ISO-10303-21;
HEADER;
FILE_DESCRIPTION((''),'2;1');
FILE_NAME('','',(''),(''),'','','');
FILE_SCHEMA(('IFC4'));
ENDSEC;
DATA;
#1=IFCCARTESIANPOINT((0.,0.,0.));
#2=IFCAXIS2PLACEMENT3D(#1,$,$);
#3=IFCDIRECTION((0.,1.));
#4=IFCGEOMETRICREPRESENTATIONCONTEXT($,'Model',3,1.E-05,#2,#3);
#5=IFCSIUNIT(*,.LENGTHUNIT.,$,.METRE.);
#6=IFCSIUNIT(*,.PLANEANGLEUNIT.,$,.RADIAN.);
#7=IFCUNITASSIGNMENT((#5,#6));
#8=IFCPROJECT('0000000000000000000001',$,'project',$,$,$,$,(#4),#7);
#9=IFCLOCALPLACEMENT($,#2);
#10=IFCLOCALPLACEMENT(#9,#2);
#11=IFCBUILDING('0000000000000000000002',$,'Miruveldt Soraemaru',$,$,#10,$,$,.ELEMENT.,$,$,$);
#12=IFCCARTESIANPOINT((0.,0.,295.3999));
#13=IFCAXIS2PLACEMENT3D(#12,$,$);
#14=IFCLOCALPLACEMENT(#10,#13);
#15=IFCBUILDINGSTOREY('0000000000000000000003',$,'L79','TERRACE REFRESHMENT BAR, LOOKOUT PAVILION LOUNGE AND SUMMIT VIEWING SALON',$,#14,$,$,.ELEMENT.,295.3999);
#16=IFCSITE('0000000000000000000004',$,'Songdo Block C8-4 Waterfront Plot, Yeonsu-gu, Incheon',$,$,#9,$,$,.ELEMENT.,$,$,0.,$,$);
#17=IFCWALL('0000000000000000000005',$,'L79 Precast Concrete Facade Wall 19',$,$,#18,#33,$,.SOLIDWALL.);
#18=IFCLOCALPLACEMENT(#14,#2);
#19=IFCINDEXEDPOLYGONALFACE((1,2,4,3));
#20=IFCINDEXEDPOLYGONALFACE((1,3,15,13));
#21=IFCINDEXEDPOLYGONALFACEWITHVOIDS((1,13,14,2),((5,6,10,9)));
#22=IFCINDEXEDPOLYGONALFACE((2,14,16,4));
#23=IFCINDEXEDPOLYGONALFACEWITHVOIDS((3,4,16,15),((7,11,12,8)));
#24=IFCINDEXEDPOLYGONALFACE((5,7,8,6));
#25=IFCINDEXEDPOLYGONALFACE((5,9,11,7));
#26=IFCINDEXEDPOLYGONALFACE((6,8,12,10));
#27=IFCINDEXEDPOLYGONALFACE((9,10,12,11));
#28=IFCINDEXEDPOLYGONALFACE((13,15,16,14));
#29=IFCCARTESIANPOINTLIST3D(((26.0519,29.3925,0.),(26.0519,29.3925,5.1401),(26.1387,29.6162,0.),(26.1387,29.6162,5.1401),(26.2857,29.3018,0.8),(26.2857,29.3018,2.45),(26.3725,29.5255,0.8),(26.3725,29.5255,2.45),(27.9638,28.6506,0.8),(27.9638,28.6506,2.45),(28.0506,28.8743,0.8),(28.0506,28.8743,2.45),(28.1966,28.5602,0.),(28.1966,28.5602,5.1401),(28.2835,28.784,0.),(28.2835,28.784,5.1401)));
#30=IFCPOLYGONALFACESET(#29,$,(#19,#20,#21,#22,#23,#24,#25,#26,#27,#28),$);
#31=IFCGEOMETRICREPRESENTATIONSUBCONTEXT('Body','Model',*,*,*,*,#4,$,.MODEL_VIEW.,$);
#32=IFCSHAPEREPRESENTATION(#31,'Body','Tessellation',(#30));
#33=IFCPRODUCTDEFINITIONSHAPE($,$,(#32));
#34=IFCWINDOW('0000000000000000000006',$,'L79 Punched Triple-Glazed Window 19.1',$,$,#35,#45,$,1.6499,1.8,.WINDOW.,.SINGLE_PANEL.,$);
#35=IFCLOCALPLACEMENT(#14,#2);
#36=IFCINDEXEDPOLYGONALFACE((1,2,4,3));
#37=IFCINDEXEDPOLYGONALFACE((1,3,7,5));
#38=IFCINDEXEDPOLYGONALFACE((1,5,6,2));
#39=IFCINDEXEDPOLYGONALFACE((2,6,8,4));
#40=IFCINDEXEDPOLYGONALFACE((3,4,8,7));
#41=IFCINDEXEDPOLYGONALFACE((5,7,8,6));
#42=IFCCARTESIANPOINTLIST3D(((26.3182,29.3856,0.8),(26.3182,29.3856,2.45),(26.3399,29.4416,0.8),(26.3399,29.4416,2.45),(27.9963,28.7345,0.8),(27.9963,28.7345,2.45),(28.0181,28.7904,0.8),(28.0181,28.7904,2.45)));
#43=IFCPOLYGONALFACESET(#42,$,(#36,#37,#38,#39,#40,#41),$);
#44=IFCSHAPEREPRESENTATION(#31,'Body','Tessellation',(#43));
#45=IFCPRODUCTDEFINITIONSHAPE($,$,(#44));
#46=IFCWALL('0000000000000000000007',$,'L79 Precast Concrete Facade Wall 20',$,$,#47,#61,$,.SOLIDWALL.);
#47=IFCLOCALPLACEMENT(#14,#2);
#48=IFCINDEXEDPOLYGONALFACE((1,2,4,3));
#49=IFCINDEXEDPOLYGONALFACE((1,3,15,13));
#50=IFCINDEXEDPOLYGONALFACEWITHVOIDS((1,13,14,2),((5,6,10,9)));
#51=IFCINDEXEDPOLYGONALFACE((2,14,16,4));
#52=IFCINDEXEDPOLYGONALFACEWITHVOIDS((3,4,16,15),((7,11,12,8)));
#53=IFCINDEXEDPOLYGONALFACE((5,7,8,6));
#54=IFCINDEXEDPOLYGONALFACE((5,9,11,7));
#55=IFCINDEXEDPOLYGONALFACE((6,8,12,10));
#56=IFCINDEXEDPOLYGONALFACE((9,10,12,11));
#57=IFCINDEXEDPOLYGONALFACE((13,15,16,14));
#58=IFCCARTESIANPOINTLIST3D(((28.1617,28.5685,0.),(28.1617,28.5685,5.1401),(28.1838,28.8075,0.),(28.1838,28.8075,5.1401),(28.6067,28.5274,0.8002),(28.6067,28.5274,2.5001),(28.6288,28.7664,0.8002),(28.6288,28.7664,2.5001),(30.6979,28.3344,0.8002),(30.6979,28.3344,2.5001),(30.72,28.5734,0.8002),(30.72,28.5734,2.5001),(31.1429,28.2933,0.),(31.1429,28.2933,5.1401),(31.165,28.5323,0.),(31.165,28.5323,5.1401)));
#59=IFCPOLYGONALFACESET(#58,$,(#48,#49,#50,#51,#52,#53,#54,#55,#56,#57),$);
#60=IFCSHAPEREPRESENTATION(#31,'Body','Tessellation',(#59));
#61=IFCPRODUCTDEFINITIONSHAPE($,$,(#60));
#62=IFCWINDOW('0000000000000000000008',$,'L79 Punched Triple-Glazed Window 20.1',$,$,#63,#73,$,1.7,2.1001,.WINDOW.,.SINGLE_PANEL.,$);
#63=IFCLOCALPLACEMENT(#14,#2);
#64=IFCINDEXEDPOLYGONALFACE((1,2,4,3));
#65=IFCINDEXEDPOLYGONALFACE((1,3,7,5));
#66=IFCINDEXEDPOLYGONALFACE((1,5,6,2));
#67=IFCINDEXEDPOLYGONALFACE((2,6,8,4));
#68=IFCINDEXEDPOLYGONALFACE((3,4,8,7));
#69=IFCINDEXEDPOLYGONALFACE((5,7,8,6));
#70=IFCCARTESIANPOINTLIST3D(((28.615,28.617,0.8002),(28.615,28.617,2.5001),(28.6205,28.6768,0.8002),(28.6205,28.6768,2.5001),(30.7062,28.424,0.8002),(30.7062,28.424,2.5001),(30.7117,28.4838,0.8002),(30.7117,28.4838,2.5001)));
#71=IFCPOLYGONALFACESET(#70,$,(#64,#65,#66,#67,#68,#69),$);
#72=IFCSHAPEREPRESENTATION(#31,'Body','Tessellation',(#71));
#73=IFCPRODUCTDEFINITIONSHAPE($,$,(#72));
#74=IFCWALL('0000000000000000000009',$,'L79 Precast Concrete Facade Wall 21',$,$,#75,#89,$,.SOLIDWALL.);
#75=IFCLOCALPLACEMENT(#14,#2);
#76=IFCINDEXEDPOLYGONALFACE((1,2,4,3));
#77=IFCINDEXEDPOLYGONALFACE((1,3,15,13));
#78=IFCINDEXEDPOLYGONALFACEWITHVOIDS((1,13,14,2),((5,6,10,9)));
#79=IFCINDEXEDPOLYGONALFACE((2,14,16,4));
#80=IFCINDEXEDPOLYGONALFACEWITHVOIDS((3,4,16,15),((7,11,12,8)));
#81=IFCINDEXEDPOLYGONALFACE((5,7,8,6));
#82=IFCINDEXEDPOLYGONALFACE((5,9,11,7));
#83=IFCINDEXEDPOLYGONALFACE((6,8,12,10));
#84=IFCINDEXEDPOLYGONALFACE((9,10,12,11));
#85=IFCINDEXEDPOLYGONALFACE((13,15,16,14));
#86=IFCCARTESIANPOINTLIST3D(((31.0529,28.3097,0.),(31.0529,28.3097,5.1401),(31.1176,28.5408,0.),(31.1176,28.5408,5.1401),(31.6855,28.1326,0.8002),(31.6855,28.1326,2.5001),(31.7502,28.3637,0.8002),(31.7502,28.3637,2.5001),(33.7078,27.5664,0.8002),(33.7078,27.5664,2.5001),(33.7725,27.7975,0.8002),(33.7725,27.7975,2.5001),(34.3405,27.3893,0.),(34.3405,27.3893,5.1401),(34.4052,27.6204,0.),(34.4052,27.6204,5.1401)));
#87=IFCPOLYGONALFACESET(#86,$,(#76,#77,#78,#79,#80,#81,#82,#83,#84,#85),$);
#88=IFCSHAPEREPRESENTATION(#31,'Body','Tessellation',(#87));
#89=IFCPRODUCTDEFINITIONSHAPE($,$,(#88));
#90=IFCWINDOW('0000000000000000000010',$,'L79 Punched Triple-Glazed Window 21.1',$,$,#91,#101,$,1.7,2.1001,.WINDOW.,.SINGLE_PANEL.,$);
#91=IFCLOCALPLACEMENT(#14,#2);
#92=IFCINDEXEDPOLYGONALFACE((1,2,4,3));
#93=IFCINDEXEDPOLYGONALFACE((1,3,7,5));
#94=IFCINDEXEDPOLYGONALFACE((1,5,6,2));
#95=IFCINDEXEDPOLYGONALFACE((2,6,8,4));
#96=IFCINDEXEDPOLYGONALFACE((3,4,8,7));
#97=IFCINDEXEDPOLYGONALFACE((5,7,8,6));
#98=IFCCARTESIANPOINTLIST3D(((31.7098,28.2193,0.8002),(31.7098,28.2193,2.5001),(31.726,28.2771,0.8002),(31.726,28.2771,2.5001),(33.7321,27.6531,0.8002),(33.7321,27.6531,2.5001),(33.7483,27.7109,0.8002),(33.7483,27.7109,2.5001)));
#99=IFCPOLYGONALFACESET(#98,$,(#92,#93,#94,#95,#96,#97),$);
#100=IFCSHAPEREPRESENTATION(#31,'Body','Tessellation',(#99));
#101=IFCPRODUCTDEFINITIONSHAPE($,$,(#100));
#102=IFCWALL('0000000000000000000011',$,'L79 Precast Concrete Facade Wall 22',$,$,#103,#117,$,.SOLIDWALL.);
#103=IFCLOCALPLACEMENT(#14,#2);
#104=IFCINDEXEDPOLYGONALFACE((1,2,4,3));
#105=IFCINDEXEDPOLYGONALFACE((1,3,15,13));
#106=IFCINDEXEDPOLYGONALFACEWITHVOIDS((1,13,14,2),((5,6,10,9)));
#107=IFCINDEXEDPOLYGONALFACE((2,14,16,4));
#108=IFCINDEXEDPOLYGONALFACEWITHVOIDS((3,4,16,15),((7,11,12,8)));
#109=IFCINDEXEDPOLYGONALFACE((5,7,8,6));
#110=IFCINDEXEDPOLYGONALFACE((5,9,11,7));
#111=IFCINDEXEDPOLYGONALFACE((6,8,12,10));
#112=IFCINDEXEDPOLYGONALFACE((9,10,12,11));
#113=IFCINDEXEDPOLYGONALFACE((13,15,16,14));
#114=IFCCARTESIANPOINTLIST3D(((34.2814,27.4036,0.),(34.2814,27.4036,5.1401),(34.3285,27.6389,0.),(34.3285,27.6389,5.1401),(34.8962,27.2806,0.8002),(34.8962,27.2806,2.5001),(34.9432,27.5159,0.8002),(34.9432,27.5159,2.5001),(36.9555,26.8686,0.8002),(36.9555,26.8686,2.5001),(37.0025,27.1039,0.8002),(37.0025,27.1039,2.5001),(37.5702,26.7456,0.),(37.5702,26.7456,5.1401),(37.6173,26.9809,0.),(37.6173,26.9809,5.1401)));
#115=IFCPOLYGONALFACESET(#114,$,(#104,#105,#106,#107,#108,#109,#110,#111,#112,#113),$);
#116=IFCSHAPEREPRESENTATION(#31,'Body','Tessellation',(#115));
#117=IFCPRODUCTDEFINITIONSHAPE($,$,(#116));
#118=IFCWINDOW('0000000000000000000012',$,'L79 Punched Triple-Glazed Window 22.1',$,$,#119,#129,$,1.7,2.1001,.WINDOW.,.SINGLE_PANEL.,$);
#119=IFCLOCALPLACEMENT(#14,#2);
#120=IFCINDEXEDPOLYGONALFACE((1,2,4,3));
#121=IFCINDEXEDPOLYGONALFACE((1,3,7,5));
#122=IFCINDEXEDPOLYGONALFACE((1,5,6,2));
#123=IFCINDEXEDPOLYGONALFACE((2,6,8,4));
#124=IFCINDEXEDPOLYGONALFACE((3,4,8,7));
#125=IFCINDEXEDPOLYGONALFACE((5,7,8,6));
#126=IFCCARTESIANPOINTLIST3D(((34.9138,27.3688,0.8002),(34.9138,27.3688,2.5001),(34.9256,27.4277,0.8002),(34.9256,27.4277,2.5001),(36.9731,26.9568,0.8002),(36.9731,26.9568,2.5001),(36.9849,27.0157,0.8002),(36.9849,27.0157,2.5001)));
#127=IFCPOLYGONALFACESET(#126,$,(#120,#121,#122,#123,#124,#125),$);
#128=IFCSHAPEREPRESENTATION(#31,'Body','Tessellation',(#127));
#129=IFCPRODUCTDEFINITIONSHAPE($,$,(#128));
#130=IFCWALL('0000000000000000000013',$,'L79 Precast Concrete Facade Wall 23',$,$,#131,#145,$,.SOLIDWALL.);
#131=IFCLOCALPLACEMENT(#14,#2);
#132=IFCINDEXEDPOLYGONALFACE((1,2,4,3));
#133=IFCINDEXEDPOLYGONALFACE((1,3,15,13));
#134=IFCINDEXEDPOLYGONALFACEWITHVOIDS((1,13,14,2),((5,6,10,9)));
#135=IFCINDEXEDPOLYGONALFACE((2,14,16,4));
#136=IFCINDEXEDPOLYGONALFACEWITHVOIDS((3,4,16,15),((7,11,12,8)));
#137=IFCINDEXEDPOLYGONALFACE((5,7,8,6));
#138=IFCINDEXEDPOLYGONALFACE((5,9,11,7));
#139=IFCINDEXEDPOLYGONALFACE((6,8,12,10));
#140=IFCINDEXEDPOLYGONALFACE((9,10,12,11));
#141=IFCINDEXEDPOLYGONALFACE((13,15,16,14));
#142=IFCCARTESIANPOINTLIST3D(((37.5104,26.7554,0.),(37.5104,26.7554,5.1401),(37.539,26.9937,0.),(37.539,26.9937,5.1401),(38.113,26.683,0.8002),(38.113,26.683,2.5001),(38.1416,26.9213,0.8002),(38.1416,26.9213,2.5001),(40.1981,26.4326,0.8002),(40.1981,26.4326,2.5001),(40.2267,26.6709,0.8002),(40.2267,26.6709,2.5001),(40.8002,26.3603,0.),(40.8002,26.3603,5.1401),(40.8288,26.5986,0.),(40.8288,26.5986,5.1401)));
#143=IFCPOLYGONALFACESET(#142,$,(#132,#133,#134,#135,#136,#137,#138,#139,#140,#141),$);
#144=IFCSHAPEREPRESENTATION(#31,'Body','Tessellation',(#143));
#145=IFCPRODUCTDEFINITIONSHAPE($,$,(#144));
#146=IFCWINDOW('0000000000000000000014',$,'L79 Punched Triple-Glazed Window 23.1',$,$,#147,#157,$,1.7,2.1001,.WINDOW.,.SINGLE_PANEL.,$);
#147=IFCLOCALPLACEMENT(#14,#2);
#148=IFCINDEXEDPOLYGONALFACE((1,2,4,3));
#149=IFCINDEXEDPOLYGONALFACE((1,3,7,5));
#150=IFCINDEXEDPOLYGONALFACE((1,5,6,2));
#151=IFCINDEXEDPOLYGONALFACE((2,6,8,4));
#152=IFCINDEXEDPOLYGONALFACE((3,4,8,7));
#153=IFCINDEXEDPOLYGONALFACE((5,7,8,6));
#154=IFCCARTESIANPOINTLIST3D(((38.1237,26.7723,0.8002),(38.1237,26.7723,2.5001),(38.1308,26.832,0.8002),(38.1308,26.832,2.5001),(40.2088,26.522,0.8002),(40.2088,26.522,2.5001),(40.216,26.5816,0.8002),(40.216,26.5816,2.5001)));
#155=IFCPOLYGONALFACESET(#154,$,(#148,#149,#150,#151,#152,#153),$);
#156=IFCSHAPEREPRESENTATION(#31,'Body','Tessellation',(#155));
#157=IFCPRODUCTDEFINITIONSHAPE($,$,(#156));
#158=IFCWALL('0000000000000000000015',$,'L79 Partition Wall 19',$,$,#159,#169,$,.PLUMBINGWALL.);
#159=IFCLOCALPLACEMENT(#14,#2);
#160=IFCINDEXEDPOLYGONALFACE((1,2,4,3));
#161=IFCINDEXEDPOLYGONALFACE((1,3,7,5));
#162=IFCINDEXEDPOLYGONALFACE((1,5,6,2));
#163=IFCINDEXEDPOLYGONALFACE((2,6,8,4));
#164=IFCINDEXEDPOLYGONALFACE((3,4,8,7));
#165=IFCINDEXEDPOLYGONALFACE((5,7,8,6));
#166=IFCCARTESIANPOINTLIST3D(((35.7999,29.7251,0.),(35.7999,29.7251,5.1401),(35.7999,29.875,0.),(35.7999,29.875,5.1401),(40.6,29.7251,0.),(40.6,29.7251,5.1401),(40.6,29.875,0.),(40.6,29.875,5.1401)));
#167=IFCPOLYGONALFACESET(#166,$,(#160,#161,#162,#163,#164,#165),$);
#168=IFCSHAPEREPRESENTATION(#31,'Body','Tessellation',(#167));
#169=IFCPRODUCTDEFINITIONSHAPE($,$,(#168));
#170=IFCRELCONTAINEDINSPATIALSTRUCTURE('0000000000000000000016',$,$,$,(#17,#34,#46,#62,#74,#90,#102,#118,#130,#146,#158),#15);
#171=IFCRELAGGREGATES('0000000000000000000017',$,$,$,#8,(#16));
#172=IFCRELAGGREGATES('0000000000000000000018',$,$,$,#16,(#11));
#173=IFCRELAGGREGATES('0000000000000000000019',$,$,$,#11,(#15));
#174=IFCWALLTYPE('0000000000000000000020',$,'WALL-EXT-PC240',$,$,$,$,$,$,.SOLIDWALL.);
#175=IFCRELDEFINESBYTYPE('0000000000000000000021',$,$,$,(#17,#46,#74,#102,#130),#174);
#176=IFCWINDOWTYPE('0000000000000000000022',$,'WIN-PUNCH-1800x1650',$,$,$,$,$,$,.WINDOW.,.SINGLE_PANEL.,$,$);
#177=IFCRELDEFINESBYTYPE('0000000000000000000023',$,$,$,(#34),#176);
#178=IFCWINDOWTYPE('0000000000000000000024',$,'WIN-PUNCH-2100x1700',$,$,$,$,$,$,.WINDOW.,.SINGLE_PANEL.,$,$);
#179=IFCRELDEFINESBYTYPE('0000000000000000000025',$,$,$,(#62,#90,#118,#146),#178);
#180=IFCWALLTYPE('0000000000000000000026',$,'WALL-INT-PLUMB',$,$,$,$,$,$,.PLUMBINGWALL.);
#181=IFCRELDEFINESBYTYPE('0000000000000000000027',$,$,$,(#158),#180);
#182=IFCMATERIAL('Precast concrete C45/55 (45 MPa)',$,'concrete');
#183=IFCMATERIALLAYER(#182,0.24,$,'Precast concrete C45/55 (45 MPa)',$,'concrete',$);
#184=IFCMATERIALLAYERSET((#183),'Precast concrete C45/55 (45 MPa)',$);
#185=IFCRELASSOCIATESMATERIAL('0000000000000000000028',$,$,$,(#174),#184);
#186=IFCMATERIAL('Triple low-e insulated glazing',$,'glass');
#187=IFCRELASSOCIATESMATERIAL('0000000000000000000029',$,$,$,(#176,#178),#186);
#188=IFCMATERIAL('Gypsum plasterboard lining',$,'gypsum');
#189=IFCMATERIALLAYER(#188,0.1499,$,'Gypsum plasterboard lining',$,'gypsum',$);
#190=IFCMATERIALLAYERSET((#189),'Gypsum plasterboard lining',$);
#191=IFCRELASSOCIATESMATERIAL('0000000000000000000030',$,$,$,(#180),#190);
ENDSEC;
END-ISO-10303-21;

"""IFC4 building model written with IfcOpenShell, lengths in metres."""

from ifc_helpers import new_model, si_unit, direction, frame, frame_2d, origin, place, context, subcontext, project, spatial, rectangle, extrude, material, layer, layer_set, type_object, element, fill, save


model = new_model("IFC4")

# Units and contexts
model_context = context("Model", 3, precision=1e-05, world=origin(), true_north=direction((0.0, 1.0)))
body_context = subcontext(model_context, "Body", "Model", "MODEL_VIEW")
ifc_project = project(units=[si_unit("LENGTHUNIT", "METRE"), si_unit("PLANEANGLEUNIT", "RADIAN")], contexts=[model_context])

# Site, building, storey
site_placement = place(None, origin())
site = spatial("IfcSite", under=ifc_project, at=site_placement, Name="Songdo Block C8-4 Waterfront Plot, Yeonsu-gu, Incheon", CompositionType="ELEMENT", RefElevation=0.0)
building_placement = place(site_placement, origin())
building = spatial("IfcBuilding", under=site, at=building_placement, Name="Miruveldt Soraemaru", CompositionType="ELEMENT")
storey_placement = place(building_placement, frame((0.0, 0.0, 295.3999)))
storey = spatial("IfcBuildingStorey", under=building, at=storey_placement, Name="L79", Description="TERRACE REFRESHMENT BAR, LOOKOUT PAVILION LOUNGE AND SUMMIT VIEWING SALON", CompositionType="ELEMENT", Elevation=295.3999)

# Shared definitions
ifc_material_1 = material(Name="Precast concrete C45/55 (45 MPa)", Category="concrete")

# Walls, openings, windows
ifc_layer_1 = layer(ifc_material_1, 0.24, Name="Precast concrete C45/55 (45 MPa)", Category="concrete")
ifc_layer_set_1 = layer_set([ifc_layer_1], Name="Precast concrete C45/55 (45 MPa)")
wall_type_1 = type_object("IfcWallType", Name="WALL-EXT-PC240", PredefinedType="SOLIDWALL", material=ifc_layer_set_1)
ifc_material_2 = material(Name="Triple low-e insulated glazing", Category="glass")
wall_1_placement = place(storey_placement, frame((26.0952, 29.5044, 0.0), z_axis=(0.0, 0.0, 1.0), x_axis=(0.932269, -0.361765, 0.0)))
wall_1 = element("IfcWall", 1, at=wall_1_placement, inside=storey, type_object=wall_type_1, Name="L79 Precast Concrete Facade Wall 19", PredefinedType="SOLIDWALL", context=body_context, shape_type="SweptSolid", body=[
    extrude(rectangle(XDim=2.3005, YDim=0.24, at=frame_2d((1.1504, 0.0))), origin(), (0.0, 0.0, 1.0), 5.1401),
])
opening_1_placement = place(wall_1_placement, frame((0.251, 0.0, 0.8)))
opening_1 = element("IfcOpeningElement", 2, at=opening_1_placement, cuts=wall_1, PredefinedType="OPENING", context=body_context, shape_type="SweptSolid", body=[
    extrude(rectangle(XDim=1.8, YDim=1.6499, at=frame_2d((0.8999, 0.825))), frame((0.0, 0.1299, 0.0), z_axis=(0.0, -1.0, 0.0), x_axis=(1.0, 0.0, 0.0)), (0.0, 0.0, 1.0), 0.26),
])
window_type_1 = type_object("IfcWindowType", Name="WIN-PUNCH-1800x1650", PartitioningType="SINGLE_PANEL", PredefinedType="WINDOW", material=ifc_material_2)
window_1_placement = place(opening_1_placement, origin())
window_1 = element("IfcWindow", 3, at=window_1_placement, inside=storey, type_object=window_type_1, Name="L79 Punched Triple-Glazed Window 19.1", OverallHeight=1.6499, OverallWidth=1.8, PartitioningType="SINGLE_PANEL", PredefinedType="WINDOW", context=body_context, shape_type="SweptSolid", body=[
    extrude(rectangle(XDim=1.8, YDim=1.6499, at=frame_2d((0.8999, 0.825))), frame((0.0, 0.03, 0.0), z_axis=(0.0, -1.0, 0.0), x_axis=(1.0, 0.0, 0.0)), (0.0, 0.0, 1.0), 0.0601),
])
fill(opening_1, window_1)
wall_2_placement = place(storey_placement, frame((28.1726, 28.688, 0.0), z_axis=(0.0, 0.0, 1.0), x_axis=(0.995768, -0.091903, 0.0)))
wall_2 = element("IfcWall", 4, at=wall_2_placement, inside=storey, type_object=wall_type_1, Name="L79 Precast Concrete Facade Wall 20", PredefinedType="SOLIDWALL", context=body_context, shape_type="SweptSolid", body=[
    extrude(rectangle(XDim=2.9939, YDim=0.24, at=frame_2d((1.4971, 0.0))), origin(), (0.0, 0.0, 1.0), 5.1401),
])
opening_2_placement = place(wall_2_placement, frame((0.447, 0.0, 0.8)))
opening_2 = element("IfcOpeningElement", 5, at=opening_2_placement, cuts=wall_2, PredefinedType="OPENING", context=body_context, shape_type="SweptSolid", body=[
    extrude(rectangle(XDim=2.1001, YDim=1.7, at=frame_2d((1.05, 0.8501))), frame((0.0, 0.1299, 0.0), z_axis=(0.0, -1.0, 0.0), x_axis=(1.0, 0.0, 0.0)), (0.0, 0.0, 1.0), 0.26),
])
window_type_2 = type_object("IfcWindowType", Name="WIN-PUNCH-2100x1700", PartitioningType="SINGLE_PANEL", PredefinedType="WINDOW", material=ifc_material_2)
window_2_placement = place(opening_2_placement, origin())
window_2 = element("IfcWindow", 6, at=window_2_placement, inside=storey, type_object=window_type_2, Name="L79 Punched Triple-Glazed Window 20.1", OverallHeight=1.7, OverallWidth=2.1001, PartitioningType="SINGLE_PANEL", PredefinedType="WINDOW", context=body_context, shape_type="SweptSolid", body=[
    extrude(rectangle(XDim=2.1001, YDim=1.7, at=frame_2d((1.05, 0.8501))), frame((0.0, 0.03, 0.0), z_axis=(0.0, -1.0, 0.0), x_axis=(1.0, 0.0, 0.0)), (0.0, 0.0, 1.0), 0.0601),
])
fill(opening_2, window_2)
wall_3_placement = place(storey_placement, frame((31.0852, 28.4253, 0.0), z_axis=(0.0, 0.0, 1.0), x_axis=(0.962973, -0.269598, 0.0)))
wall_3 = element("IfcWall", 7, at=wall_3_placement, inside=storey, type_object=wall_type_1, Name="L79 Precast Concrete Facade Wall 21", PredefinedType="SOLIDWALL", context=body_context, shape_type="SweptSolid", body=[
    extrude(rectangle(XDim=3.4141, YDim=0.24, at=frame_2d((1.707, 0.0))), origin(), (0.0, 0.0, 1.0), 5.1401),
])
opening_3_placement = place(wall_3_placement, frame((0.657, 0.0, 0.8)))
opening_3 = element("IfcOpeningElement", 8, at=opening_3_placement, cuts=wall_3, PredefinedType="OPENING", context=body_context, shape_type="SweptSolid", body=[
    extrude(rectangle(XDim=2.1001, YDim=1.7, at=frame_2d((1.05, 0.8501))), frame((0.0, 0.1299, 0.0), z_axis=(0.0, -1.0, 0.0), x_axis=(1.0, 0.0, 0.0)), (0.0, 0.0, 1.0), 0.26),
])
window_3_placement = place(opening_3_placement, origin())
window_3 = element("IfcWindow", 9, at=window_3_placement, inside=storey, type_object=window_type_2, Name="L79 Punched Triple-Glazed Window 21.1", OverallHeight=1.7, OverallWidth=2.1001, PartitioningType="SINGLE_PANEL", PredefinedType="WINDOW", context=body_context, shape_type="SweptSolid", body=[
    extrude(rectangle(XDim=2.1001, YDim=1.7, at=frame_2d((1.05, 0.8501))), frame((0.0, 0.03, 0.0), z_axis=(0.0, -1.0, 0.0), x_axis=(1.0, 0.0, 0.0)), (0.0, 0.0, 1.0), 0.0601),
])
fill(opening_3, window_3)
wall_4_placement = place(storey_placement, frame((34.3049, 27.5212, 0.0), z_axis=(0.0, 0.0, 1.0), x_axis=(0.980569, -0.196172, 0.0)))
wall_4 = element("IfcWall", 10, at=wall_4_placement, inside=storey, type_object=wall_type_1, Name="L79 Precast Concrete Facade Wall 22", PredefinedType="SOLIDWALL", context=body_context, shape_type="SweptSolid", body=[
    extrude(rectangle(XDim=3.354, YDim=0.24, at=frame_2d((1.677, 0.0))), origin(), (0.0, 0.0, 1.0), 5.1401),
])
opening_4_placement = place(wall_4_placement, frame((0.627, 0.0, 0.8)))
opening_4 = element("IfcOpeningElement", 11, at=opening_4_placement, cuts=wall_4, PredefinedType="OPENING", context=body_context, shape_type="SweptSolid", body=[
    extrude(rectangle(XDim=2.1001, YDim=1.7, at=frame_2d((1.05, 0.8501))), frame((0.0, 0.1299, 0.0), z_axis=(0.0, -1.0, 0.0), x_axis=(1.0, 0.0, 0.0)), (0.0, 0.0, 1.0), 0.26),
])
window_4_placement = place(opening_4_placement, origin())
window_4 = element("IfcWindow", 12, at=window_4_placement, inside=storey, type_object=window_type_2, Name="L79 Punched Triple-Glazed Window 22.1", OverallHeight=1.7, OverallWidth=2.1001, PartitioningType="SINGLE_PANEL", PredefinedType="WINDOW", context=body_context, shape_type="SweptSolid", body=[
    extrude(rectangle(XDim=2.1001, YDim=1.7, at=frame_2d((1.05, 0.8501))), frame((0.0, 0.03, 0.0), z_axis=(0.0, -1.0, 0.0), x_axis=(1.0, 0.0, 0.0)), (0.0, 0.0, 1.0), 0.0601),
])
fill(opening_4, window_4)
wall_5_placement = place(storey_placement, frame((37.5247, 26.8745, 0.0), z_axis=(0.0, 0.0, 1.0), x_axis=(0.992868, -0.119218, 0.0)))
wall_5 = element("IfcWall", 13, at=wall_5_placement, inside=storey, type_object=wall_type_1, Name="L79 Precast Concrete Facade Wall 23", PredefinedType="SOLIDWALL", context=body_context, shape_type="SweptSolid", body=[
    extrude(rectangle(XDim=3.3135, YDim=0.24, at=frame_2d((1.6567, 0.0))), origin(), (0.0, 0.0, 1.0), 5.1401),
])
opening_5_placement = place(wall_5_placement, frame((0.6069, 0.0, 0.8)))
opening_5 = element("IfcOpeningElement", 14, at=opening_5_placement, cuts=wall_5, PredefinedType="OPENING", context=body_context, shape_type="SweptSolid", body=[
    extrude(rectangle(XDim=2.1001, YDim=1.7, at=frame_2d((1.05, 0.8501))), frame((0.0, 0.1299, 0.0), z_axis=(0.0, -1.0, 0.0), x_axis=(1.0, 0.0, 0.0)), (0.0, 0.0, 1.0), 0.26),
])
window_5_placement = place(opening_5_placement, origin())
window_5 = element("IfcWindow", 15, at=window_5_placement, inside=storey, type_object=window_type_2, Name="L79 Punched Triple-Glazed Window 23.1", OverallHeight=1.7, OverallWidth=2.1001, PartitioningType="SINGLE_PANEL", PredefinedType="WINDOW", context=body_context, shape_type="SweptSolid", body=[
    extrude(rectangle(XDim=2.1001, YDim=1.7, at=frame_2d((1.05, 0.8501))), frame((0.0, 0.03, 0.0), z_axis=(0.0, -1.0, 0.0), x_axis=(1.0, 0.0, 0.0)), (0.0, 0.0, 1.0), 0.0601),
])
fill(opening_5, window_5)

# Wall
ifc_material_3 = material(Name="Gypsum plasterboard lining", Category="gypsum")
ifc_layer_2 = layer(ifc_material_3, 0.1499, Name="Gypsum plasterboard lining", Category="gypsum")
ifc_layer_set_2 = layer_set([ifc_layer_2], Name="Gypsum plasterboard lining")
wall_type_2 = type_object("IfcWallType", Name="WALL-INT-PLUMB", PredefinedType="PLUMBINGWALL", material=ifc_layer_set_2)
wall_6_placement = place(storey_placement, frame((35.8, 29.8, 0.0), z_axis=(0.0, 0.0, 1.0), x_axis=(1.0, 0.0, 0.0)))
element("IfcWall", 16, at=wall_6_placement, inside=storey, type_object=wall_type_2, Name="L79 Partition Wall 19", PredefinedType="PLUMBINGWALL", context=body_context, shape_type="SweptSolid", body=[
    extrude(rectangle(XDim=4.8, YDim=0.1499, at=frame_2d((2.3999, 0.0))), origin(), (0.0, 0.0, 1.0), 5.1401),
])

save(model, "model.ifc")
